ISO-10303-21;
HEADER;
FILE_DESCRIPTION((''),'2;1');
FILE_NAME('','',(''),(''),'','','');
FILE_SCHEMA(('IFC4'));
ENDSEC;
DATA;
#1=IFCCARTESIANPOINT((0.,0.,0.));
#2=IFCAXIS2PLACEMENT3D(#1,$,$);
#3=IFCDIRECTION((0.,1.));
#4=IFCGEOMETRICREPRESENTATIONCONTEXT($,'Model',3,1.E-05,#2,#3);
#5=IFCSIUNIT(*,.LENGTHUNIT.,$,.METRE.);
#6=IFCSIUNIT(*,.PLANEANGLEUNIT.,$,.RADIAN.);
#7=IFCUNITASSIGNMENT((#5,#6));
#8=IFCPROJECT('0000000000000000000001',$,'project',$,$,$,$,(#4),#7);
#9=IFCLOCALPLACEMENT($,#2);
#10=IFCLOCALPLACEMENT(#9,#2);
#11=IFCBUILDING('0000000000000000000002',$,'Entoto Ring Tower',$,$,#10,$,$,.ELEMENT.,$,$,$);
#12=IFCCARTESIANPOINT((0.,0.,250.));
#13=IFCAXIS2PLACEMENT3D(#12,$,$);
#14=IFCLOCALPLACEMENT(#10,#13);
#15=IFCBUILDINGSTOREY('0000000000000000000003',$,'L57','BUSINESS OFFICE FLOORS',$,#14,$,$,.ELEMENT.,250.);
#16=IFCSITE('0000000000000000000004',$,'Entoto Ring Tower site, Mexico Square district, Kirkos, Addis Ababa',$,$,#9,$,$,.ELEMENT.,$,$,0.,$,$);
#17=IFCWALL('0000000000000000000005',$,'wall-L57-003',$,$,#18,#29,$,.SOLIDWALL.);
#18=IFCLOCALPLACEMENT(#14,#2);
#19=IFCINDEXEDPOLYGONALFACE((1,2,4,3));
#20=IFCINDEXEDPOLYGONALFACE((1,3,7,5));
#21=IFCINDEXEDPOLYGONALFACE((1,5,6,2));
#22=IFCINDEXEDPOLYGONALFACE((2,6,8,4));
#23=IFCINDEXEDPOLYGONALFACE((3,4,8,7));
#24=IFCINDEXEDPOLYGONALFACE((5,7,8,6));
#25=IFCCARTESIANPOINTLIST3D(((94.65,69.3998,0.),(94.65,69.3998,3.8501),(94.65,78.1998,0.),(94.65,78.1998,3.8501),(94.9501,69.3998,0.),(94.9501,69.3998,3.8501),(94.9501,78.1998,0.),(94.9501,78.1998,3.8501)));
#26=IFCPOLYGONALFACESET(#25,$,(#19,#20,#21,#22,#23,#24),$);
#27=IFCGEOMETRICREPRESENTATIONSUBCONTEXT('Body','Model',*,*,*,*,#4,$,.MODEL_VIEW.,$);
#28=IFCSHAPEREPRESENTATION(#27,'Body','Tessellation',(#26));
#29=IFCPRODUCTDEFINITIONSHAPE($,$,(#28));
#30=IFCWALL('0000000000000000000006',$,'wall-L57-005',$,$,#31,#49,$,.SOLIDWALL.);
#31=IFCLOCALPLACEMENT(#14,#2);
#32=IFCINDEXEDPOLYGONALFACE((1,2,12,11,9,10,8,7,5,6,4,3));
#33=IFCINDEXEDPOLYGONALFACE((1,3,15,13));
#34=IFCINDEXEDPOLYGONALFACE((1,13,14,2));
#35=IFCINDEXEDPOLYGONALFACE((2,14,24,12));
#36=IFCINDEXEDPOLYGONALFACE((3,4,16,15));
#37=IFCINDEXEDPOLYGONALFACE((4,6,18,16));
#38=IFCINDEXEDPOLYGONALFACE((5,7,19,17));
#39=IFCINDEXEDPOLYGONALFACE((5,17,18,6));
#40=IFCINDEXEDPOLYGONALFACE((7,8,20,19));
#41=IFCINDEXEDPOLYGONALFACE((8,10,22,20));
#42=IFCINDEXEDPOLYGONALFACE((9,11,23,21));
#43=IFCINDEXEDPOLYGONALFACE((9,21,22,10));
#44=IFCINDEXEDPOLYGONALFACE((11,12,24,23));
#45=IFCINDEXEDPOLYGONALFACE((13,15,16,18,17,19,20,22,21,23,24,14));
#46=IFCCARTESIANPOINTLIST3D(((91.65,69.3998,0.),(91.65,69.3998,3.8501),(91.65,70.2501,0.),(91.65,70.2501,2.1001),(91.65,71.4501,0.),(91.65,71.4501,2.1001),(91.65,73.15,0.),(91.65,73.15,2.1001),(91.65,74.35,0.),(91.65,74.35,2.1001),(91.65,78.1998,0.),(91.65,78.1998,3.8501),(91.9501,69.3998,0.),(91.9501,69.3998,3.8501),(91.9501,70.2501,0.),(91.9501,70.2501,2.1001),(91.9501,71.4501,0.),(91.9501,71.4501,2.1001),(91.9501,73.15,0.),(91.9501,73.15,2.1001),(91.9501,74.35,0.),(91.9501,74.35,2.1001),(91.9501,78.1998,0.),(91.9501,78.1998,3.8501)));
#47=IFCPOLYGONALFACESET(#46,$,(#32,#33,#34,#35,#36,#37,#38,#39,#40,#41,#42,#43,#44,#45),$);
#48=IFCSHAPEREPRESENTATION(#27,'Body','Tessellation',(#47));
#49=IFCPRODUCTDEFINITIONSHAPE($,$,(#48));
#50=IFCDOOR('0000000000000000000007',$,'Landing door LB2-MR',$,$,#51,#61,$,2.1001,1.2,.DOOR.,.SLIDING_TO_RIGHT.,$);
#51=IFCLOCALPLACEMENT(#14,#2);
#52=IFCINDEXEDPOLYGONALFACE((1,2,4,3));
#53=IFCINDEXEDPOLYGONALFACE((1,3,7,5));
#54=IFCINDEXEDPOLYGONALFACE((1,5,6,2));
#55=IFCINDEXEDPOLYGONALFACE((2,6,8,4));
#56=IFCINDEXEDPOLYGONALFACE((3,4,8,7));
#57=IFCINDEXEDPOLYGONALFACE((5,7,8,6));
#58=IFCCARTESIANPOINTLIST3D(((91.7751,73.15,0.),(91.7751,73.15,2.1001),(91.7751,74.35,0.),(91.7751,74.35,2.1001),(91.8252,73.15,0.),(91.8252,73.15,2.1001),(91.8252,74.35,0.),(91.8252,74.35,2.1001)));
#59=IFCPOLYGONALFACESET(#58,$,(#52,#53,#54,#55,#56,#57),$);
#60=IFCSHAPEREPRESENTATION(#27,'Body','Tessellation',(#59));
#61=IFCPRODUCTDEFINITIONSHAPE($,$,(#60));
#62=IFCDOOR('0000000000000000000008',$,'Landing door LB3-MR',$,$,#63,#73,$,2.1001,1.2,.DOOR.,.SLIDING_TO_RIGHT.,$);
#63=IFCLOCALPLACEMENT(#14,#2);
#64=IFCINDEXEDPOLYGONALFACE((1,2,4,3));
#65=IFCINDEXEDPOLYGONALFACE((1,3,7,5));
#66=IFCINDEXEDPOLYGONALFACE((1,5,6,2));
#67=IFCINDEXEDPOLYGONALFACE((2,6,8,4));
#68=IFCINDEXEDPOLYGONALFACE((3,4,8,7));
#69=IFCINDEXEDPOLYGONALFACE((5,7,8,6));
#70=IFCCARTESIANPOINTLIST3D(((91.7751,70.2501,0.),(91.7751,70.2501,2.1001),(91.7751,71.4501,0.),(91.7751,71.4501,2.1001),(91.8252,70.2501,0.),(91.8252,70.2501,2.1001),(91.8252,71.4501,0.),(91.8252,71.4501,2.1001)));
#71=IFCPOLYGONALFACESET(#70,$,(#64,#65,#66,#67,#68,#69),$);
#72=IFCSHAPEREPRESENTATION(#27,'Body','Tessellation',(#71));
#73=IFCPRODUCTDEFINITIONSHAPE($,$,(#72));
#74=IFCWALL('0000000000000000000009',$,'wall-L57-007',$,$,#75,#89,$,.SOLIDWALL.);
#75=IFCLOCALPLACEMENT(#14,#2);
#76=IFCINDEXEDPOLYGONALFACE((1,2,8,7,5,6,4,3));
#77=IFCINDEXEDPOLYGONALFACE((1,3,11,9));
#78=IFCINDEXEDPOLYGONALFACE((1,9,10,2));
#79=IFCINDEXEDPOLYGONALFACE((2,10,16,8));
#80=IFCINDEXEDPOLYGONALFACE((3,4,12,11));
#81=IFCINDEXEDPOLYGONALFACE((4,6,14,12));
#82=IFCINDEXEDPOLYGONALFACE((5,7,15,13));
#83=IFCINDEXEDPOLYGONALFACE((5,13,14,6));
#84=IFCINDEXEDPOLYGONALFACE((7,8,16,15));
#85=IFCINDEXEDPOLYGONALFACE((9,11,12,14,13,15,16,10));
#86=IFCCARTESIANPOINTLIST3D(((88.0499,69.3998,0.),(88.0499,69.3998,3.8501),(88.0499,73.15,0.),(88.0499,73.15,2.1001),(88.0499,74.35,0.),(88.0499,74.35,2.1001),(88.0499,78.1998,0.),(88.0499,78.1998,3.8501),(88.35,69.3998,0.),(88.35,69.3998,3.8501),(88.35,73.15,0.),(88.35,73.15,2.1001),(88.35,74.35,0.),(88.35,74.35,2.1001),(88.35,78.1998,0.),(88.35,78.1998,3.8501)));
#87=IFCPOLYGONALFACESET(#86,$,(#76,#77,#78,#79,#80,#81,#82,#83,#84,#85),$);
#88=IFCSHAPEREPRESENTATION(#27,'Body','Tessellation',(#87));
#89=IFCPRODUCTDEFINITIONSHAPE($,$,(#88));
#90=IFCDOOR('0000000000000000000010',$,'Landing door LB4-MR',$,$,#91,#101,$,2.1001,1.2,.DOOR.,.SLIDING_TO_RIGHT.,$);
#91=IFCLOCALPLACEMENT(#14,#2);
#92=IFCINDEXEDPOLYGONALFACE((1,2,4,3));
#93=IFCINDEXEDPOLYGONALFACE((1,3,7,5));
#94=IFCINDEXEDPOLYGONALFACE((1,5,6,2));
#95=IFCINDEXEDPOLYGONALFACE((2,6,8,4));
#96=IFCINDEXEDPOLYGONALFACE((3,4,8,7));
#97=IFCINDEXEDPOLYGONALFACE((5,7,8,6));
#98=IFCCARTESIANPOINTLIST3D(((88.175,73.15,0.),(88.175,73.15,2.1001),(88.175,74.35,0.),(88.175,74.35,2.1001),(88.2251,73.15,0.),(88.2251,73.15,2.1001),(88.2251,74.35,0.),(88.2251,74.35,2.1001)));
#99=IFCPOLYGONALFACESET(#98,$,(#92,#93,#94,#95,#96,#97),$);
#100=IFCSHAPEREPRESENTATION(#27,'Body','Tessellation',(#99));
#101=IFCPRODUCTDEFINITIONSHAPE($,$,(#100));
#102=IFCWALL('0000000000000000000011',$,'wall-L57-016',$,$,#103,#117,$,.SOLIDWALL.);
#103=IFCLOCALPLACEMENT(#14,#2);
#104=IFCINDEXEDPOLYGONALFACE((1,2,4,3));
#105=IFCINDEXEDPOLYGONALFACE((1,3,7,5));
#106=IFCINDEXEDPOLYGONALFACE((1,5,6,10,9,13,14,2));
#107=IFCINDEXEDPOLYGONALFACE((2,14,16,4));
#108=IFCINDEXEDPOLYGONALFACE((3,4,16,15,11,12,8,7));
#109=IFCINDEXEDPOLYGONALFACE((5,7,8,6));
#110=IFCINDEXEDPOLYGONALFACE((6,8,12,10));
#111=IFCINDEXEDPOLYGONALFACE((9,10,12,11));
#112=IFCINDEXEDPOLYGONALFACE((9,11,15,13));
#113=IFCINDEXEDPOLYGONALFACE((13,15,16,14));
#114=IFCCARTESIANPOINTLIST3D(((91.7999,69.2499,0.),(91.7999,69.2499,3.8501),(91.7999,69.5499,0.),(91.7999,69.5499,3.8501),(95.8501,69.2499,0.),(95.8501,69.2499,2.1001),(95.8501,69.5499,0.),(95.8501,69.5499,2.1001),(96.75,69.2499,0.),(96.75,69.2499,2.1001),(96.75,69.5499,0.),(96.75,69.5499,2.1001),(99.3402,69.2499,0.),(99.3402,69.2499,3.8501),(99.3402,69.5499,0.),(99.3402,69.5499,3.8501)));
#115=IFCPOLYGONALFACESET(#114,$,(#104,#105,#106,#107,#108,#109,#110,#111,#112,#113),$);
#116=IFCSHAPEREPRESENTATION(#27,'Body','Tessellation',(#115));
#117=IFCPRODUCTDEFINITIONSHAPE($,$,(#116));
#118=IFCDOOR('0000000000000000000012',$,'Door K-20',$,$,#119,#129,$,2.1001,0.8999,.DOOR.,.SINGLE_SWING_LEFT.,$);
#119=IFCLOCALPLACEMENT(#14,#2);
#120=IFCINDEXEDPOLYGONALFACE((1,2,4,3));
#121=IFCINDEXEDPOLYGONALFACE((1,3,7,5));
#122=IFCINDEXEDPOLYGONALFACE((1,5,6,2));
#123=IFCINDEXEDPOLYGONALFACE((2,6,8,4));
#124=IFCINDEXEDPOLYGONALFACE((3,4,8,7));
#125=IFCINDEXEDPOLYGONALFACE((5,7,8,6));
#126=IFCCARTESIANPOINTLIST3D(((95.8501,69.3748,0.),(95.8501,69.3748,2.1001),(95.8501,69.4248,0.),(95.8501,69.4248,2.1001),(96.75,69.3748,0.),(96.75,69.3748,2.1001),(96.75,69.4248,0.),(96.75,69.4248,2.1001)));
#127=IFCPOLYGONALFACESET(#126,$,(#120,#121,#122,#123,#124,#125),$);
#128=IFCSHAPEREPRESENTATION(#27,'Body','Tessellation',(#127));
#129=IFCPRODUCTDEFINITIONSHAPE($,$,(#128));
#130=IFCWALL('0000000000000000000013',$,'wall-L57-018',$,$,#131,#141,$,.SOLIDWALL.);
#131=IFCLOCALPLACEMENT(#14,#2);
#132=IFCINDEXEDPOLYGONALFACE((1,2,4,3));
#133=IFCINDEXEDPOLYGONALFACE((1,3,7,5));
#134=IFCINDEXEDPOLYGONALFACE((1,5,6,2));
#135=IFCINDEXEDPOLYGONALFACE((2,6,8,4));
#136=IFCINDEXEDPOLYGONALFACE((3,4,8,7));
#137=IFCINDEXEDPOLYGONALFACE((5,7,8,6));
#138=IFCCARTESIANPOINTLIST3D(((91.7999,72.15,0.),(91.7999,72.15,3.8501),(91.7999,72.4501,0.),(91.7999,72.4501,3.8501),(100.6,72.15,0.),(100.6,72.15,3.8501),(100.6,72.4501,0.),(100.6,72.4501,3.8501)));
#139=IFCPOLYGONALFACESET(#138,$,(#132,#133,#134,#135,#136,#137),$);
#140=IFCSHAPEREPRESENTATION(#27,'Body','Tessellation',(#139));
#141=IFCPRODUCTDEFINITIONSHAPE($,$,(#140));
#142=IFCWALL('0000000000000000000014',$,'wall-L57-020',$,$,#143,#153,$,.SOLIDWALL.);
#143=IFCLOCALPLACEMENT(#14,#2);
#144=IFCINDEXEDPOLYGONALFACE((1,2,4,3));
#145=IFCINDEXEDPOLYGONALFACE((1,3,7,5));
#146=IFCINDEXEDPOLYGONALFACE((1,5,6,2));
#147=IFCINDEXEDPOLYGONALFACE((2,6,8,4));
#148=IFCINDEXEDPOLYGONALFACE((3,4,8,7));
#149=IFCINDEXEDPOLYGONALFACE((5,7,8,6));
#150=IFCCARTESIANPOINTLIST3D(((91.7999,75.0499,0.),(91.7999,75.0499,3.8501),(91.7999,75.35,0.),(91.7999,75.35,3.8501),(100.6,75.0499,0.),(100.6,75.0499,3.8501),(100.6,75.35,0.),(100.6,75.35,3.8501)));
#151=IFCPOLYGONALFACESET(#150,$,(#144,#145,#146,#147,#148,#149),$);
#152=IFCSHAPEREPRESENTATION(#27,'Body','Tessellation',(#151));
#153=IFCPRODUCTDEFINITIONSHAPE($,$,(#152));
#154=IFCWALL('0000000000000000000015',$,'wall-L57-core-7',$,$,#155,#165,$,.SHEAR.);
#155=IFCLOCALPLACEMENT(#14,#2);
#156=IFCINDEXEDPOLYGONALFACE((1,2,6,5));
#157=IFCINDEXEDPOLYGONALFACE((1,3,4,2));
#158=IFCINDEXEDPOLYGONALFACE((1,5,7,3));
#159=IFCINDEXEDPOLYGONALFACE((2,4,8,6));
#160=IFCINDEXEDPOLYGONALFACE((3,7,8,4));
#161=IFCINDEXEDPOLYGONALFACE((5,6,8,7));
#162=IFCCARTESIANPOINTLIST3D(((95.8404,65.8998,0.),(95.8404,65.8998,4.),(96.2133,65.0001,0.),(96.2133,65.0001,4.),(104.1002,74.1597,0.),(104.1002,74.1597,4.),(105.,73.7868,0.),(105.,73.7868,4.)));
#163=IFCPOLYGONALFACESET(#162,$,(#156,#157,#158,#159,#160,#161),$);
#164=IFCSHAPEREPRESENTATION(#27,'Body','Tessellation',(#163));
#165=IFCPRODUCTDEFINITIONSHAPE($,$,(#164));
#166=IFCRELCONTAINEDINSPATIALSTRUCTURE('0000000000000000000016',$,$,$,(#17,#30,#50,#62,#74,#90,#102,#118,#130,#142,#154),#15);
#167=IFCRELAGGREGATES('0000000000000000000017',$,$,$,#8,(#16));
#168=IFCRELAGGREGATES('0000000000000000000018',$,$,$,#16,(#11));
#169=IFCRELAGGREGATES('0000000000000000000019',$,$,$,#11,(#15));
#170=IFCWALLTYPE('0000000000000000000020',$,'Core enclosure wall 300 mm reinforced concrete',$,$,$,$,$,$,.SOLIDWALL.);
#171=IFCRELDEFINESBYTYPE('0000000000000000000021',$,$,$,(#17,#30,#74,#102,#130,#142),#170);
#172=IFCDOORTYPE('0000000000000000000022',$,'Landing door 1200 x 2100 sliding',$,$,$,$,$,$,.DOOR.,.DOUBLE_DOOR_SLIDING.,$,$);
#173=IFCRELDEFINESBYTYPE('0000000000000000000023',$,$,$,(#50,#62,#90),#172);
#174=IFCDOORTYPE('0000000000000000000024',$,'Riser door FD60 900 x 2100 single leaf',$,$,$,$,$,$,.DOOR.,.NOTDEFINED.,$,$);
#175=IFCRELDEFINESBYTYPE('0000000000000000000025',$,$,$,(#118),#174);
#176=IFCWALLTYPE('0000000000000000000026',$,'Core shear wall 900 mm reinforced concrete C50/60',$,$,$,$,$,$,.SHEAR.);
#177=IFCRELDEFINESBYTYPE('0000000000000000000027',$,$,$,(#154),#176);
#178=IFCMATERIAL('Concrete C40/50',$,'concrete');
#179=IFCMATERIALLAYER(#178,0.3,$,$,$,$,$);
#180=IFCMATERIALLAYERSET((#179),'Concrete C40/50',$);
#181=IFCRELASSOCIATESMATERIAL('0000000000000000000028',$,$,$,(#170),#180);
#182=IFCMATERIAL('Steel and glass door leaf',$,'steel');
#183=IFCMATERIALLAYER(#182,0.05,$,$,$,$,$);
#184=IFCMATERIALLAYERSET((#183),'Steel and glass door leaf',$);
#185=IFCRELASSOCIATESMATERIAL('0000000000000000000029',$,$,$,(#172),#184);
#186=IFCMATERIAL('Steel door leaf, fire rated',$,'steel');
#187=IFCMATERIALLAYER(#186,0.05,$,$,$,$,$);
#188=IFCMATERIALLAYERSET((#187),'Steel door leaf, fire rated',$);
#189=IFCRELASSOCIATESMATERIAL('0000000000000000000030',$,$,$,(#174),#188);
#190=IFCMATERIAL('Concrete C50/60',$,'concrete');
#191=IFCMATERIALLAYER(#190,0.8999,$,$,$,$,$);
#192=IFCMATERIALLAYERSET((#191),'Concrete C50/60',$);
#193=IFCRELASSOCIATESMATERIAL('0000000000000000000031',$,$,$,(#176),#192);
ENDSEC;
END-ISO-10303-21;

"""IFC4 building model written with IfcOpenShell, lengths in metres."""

from ifc_helpers import new_model, si_unit, direction, frame, frame_2d, origin, place, context, subcontext, project, spatial, polyline, rectangle, outline, extrude, material, layer, layer_set, type_object, element, fill, save


model = new_model("IFC4")

# Units and contexts
model_context = context("Model", 3, precision=1e-05, world=origin(), true_north=direction((0.0, 1.0)))
body_context = subcontext(model_context, "Body", "Model", "MODEL_VIEW")
ifc_project = project(units=[si_unit("LENGTHUNIT", "METRE"), si_unit("PLANEANGLEUNIT", "RADIAN")], contexts=[model_context])

# Site, building, storey
site_placement = place(None, origin())
site = spatial("IfcSite", under=ifc_project, at=site_placement, Name="Entoto Ring Tower site, Mexico Square district, Kirkos, Addis Ababa", CompositionType="ELEMENT", RefElevation=0.0)
building_placement = place(site_placement, origin())
building = spatial("IfcBuilding", under=site, at=building_placement, Name="Entoto Ring Tower", CompositionType="ELEMENT")
storey_placement = place(building_placement, frame((0.0, 0.0, 250.0)))
storey = spatial("IfcBuildingStorey", under=building, at=storey_placement, Name="L57", Description="BUSINESS OFFICE FLOORS", CompositionType="ELEMENT", Elevation=250.0)

# Wall
ifc_material_1 = material(Name="Concrete C40/50", Category="concrete")
ifc_layer_1 = layer(ifc_material_1, 0.3)
ifc_layer_set_1 = layer_set([ifc_layer_1], Name="Concrete C40/50")
wall_type_1 = type_object("IfcWallType", Name="Core enclosure wall 300 mm reinforced concrete", PredefinedType="SOLIDWALL", material=ifc_layer_set_1)
wall_1_placement = place(storey_placement, frame((94.8, 69.3999, 0.0), z_axis=(0.0, 0.0, 1.0), x_axis=(0.0, 1.0, 0.0)))
element("IfcWall", 1, at=wall_1_placement, inside=storey, type_object=wall_type_1, Name="wall-L57-003", PredefinedType="SOLIDWALL", context=body_context, shape_type="SweptSolid", body=[
    extrude(rectangle(XDim=8.8, YDim=0.3, at=frame_2d((4.3999, 0.0))), origin(), (0.0, 0.0, 1.0), 3.8501),
])

# Wall, openings, doors
wall_2_placement = place(storey_placement, frame((91.8, 69.3999, 0.0), z_axis=(0.0, 0.0, 1.0), x_axis=(0.0, 1.0, 0.0)))
wall_2 = element("IfcWall", 2, at=wall_2_placement, inside=storey, type_object=wall_type_1, Name="wall-L57-005", PredefinedType="SOLIDWALL", context=body_context, shape_type="SweptSolid", body=[
    extrude(rectangle(XDim=8.8, YDim=0.3, at=frame_2d((4.3999, 0.0))), origin(), (0.0, 0.0, 1.0), 3.8501),
])
opening_1_placement = place(wall_2_placement, frame((3.75, 0.0, 0.0)))
opening_1 = element("IfcOpeningElement", 3, at=opening_1_placement, cuts=wall_2, PredefinedType="OPENING", context=body_context, shape_type="SweptSolid", body=[
    extrude(rectangle(XDim=1.2, YDim=2.1001, at=frame_2d((0.6001, 1.05))), frame((0.0, 0.1602, 0.0), z_axis=(0.0, -1.0, 0.0), x_axis=(1.0, 0.0, 0.0)), (0.0, 0.0, 1.0), 0.3201),
])
opening_2_placement = place(wall_2_placement, frame((0.8501, 0.0, 0.0)))
opening_2 = element("IfcOpeningElement", 4, at=opening_2_placement, cuts=wall_2, PredefinedType="OPENING", context=body_context, shape_type="SweptSolid", body=[
    extrude(rectangle(XDim=1.2, YDim=2.1001, at=frame_2d((0.6001, 1.05))), frame((0.0, 0.1602, 0.0), z_axis=(0.0, -1.0, 0.0), x_axis=(1.0, 0.0, 0.0)), (0.0, 0.0, 1.0), 0.3201),
])
ifc_material_2 = material(Name="Steel and glass door leaf", Category="steel")
ifc_layer_2 = layer(ifc_material_2, 0.05)
ifc_layer_set_2 = layer_set([ifc_layer_2], Name="Steel and glass door leaf")
door_type_1 = type_object("IfcDoorType", Name="Landing door 1200 x 2100 sliding", OperationType="DOUBLE_DOOR_SLIDING", PredefinedType="DOOR", material=ifc_layer_set_2)
door_1_placement = place(opening_1_placement, origin())
door_1 = element("IfcDoor", 5, at=door_1_placement, inside=storey, type_object=door_type_1, Name="Landing door LB2-MR", OperationType="SLIDING_TO_RIGHT", OverallHeight=2.1001, OverallWidth=1.2, PredefinedType="DOOR", context=body_context, shape_type="SweptSolid", body=[
    extrude(rectangle(XDim=1.2, YDim=2.1001, at=frame_2d((0.6001, 1.05))), frame((0.0, 0.0249, 0.0), z_axis=(0.0, -1.0, 0.0), x_axis=(1.0, 0.0, 0.0)), (0.0, 0.0, 1.0), 0.05),
])
fill(opening_1, door_1)
door_2_placement = place(opening_2_placement, origin())
door_2 = element("IfcDoor", 6, at=door_2_placement, inside=storey, type_object=door_type_1, Name="Landing door LB3-MR", OperationType="SLIDING_TO_RIGHT", OverallHeight=2.1001, OverallWidth=1.2, PredefinedType="DOOR", context=body_context, shape_type="SweptSolid", body=[
    extrude(rectangle(XDim=1.2, YDim=2.1001, at=frame_2d((0.6001, 1.05))), frame((0.0, 0.0249, 0.0), z_axis=(0.0, -1.0, 0.0), x_axis=(1.0, 0.0, 0.0)), (0.0, 0.0, 1.0), 0.05),
])
fill(opening_2, door_2)

# Walls, openings, doors
wall_3_placement = place(storey_placement, frame((88.2, 69.3999, 0.0), z_axis=(0.0, 0.0, 1.0), x_axis=(0.0, 1.0, 0.0)))
wall_3 = element("IfcWall", 7, at=wall_3_placement, inside=storey, type_object=wall_type_1, Name="wall-L57-007", PredefinedType="SOLIDWALL", context=body_context, shape_type="SweptSolid", body=[
    extrude(rectangle(XDim=8.8, YDim=0.3, at=frame_2d((4.3999, 0.0))), origin(), (0.0, 0.0, 1.0), 3.8501),
])
opening_3_placement = place(wall_3_placement, frame((3.75, 0.0, 0.0)))
opening_3 = element("IfcOpeningElement", 8, at=opening_3_placement, cuts=wall_3, PredefinedType="OPENING", context=body_context, shape_type="SweptSolid", body=[
    extrude(rectangle(XDim=1.2, YDim=2.1001, at=frame_2d((0.6001, 1.05))), frame((0.0, 0.1602, 0.0), z_axis=(0.0, -1.0, 0.0), x_axis=(1.0, 0.0, 0.0)), (0.0, 0.0, 1.0), 0.3201),
])
door_3_placement = place(opening_3_placement, origin())
door_3 = element("IfcDoor", 9, at=door_3_placement, inside=storey, type_object=door_type_1, Name="Landing door LB4-MR", OperationType="SLIDING_TO_RIGHT", OverallHeight=2.1001, OverallWidth=1.2, PredefinedType="DOOR", context=body_context, shape_type="SweptSolid", body=[
    extrude(rectangle(XDim=1.2, YDim=2.1001, at=frame_2d((0.6001, 1.05))), frame((0.0, 0.0249, 0.0), z_axis=(0.0, -1.0, 0.0), x_axis=(1.0, 0.0, 0.0)), (0.0, 0.0, 1.0), 0.05),
])
fill(opening_3, door_3)
wall_4_placement = place(storey_placement, frame((91.8, 69.3999, 0.0), z_axis=(0.0, 0.0, 1.0), x_axis=(1.0, 0.0, 0.0)))
wall_4 = element("IfcWall", 10, at=wall_4_placement, inside=storey, type_object=wall_type_1, Name="wall-L57-016", PredefinedType="SOLIDWALL", context=body_context, shape_type="SweptSolid", body=[
    extrude(rectangle(XDim=7.5403, YDim=0.3, at=frame_2d((3.77, 0.0))), origin(), (0.0, 0.0, 1.0), 3.8501),
])
opening_4_placement = place(wall_4_placement, frame((4.05, 0.0, 0.0)))
opening_4 = element("IfcOpeningElement", 11, at=opening_4_placement, cuts=wall_4, PredefinedType="OPENING", context=body_context, shape_type="SweptSolid", body=[
    extrude(rectangle(XDim=0.8999, YDim=2.1001, at=frame_2d((0.45, 1.05))), frame((0.0, 0.1602, 0.0), z_axis=(0.0, -1.0, 0.0), x_axis=(1.0, 0.0, 0.0)), (0.0, 0.0, 1.0), 0.3201),
])
ifc_material_3 = material(Name="Steel door leaf, fire rated", Category="steel")
ifc_layer_3 = layer(ifc_material_3, 0.05)
ifc_layer_set_3 = layer_set([ifc_layer_3], Name="Steel door leaf, fire rated")
door_type_2 = type_object("IfcDoorType", Name="Riser door FD60 900 x 2100 single leaf", OperationType="NOTDEFINED", PredefinedType="DOOR", material=ifc_layer_set_3)
door_4_placement = place(opening_4_placement, origin())
door_4 = element("IfcDoor", 12, at=door_4_placement, inside=storey, type_object=door_type_2, Name="Door K-20", OperationType="SINGLE_SWING_LEFT", OverallHeight=2.1001, OverallWidth=0.8999, PredefinedType="DOOR", context=body_context, shape_type="SweptSolid", body=[
    extrude(rectangle(XDim=0.8999, YDim=2.1001, at=frame_2d((0.45, 1.05))), frame((0.0, 0.0249, 0.0), z_axis=(0.0, -1.0, 0.0), x_axis=(1.0, 0.0, 0.0)), (0.0, 0.0, 1.0), 0.05),
])
fill(opening_4, door_4)

# Walls
for number, where, z_axis, x_axis, name in (
    (13, (91.8, 72.3, 0.0), (0.0, 0.0, 1.0), (1.0, 0.0, 0.0), "wall-L57-018"),
    (14, (91.8, 75.2, 0.0), (0.0, 0.0, 1.0), (1.0, 0.0, 0.0), "wall-L57-020"),
):
    element("IfcWall", number, at=place(storey_placement, frame(where, z_axis=z_axis, x_axis=x_axis)), inside=storey, type_object=wall_type_1, Name=name, PredefinedType="SOLIDWALL", context=body_context, shape_type="SweptSolid", body=[
        extrude(rectangle(XDim=8.8, YDim=0.3, at=frame_2d((4.3999, 0.0))), origin(), (0.0, 0.0, 1.0), 3.8501),
    ])
ifc_material_4 = material(Name="Concrete C50/60", Category="concrete")
ifc_layer_4 = layer(ifc_material_4, 0.8999)
ifc_layer_set_4 = layer_set([ifc_layer_4], Name="Concrete C50/60")
wall_type_2 = type_object("IfcWallType", Name="Core shear wall 900 mm reinforced concrete C50/60", PredefinedType="SHEAR", material=ifc_layer_set_4)
wall_5_placement = place(storey_placement, frame((96.0269, 65.45, 0.0), z_axis=(0.0, 0.0, 1.0), x_axis=(0.707107, 0.707107, 0.0)))
element("IfcWall", 15, at=wall_5_placement, inside=storey, type_object=wall_type_2, Name="wall-L57-core-7", PredefinedType="SHEAR", context=body_context, shape_type="SweptSolid", body=[
    extrude(outline(polyline([(-0.1863, -0.45), (12.24, -0.45), (11.8674, 0.45), (0.1863, 0.45), (-0.1863, -0.45)])), origin(), (0.0, 0.0, 1.0), 4.0),
])

save(model, "model.ifc")
